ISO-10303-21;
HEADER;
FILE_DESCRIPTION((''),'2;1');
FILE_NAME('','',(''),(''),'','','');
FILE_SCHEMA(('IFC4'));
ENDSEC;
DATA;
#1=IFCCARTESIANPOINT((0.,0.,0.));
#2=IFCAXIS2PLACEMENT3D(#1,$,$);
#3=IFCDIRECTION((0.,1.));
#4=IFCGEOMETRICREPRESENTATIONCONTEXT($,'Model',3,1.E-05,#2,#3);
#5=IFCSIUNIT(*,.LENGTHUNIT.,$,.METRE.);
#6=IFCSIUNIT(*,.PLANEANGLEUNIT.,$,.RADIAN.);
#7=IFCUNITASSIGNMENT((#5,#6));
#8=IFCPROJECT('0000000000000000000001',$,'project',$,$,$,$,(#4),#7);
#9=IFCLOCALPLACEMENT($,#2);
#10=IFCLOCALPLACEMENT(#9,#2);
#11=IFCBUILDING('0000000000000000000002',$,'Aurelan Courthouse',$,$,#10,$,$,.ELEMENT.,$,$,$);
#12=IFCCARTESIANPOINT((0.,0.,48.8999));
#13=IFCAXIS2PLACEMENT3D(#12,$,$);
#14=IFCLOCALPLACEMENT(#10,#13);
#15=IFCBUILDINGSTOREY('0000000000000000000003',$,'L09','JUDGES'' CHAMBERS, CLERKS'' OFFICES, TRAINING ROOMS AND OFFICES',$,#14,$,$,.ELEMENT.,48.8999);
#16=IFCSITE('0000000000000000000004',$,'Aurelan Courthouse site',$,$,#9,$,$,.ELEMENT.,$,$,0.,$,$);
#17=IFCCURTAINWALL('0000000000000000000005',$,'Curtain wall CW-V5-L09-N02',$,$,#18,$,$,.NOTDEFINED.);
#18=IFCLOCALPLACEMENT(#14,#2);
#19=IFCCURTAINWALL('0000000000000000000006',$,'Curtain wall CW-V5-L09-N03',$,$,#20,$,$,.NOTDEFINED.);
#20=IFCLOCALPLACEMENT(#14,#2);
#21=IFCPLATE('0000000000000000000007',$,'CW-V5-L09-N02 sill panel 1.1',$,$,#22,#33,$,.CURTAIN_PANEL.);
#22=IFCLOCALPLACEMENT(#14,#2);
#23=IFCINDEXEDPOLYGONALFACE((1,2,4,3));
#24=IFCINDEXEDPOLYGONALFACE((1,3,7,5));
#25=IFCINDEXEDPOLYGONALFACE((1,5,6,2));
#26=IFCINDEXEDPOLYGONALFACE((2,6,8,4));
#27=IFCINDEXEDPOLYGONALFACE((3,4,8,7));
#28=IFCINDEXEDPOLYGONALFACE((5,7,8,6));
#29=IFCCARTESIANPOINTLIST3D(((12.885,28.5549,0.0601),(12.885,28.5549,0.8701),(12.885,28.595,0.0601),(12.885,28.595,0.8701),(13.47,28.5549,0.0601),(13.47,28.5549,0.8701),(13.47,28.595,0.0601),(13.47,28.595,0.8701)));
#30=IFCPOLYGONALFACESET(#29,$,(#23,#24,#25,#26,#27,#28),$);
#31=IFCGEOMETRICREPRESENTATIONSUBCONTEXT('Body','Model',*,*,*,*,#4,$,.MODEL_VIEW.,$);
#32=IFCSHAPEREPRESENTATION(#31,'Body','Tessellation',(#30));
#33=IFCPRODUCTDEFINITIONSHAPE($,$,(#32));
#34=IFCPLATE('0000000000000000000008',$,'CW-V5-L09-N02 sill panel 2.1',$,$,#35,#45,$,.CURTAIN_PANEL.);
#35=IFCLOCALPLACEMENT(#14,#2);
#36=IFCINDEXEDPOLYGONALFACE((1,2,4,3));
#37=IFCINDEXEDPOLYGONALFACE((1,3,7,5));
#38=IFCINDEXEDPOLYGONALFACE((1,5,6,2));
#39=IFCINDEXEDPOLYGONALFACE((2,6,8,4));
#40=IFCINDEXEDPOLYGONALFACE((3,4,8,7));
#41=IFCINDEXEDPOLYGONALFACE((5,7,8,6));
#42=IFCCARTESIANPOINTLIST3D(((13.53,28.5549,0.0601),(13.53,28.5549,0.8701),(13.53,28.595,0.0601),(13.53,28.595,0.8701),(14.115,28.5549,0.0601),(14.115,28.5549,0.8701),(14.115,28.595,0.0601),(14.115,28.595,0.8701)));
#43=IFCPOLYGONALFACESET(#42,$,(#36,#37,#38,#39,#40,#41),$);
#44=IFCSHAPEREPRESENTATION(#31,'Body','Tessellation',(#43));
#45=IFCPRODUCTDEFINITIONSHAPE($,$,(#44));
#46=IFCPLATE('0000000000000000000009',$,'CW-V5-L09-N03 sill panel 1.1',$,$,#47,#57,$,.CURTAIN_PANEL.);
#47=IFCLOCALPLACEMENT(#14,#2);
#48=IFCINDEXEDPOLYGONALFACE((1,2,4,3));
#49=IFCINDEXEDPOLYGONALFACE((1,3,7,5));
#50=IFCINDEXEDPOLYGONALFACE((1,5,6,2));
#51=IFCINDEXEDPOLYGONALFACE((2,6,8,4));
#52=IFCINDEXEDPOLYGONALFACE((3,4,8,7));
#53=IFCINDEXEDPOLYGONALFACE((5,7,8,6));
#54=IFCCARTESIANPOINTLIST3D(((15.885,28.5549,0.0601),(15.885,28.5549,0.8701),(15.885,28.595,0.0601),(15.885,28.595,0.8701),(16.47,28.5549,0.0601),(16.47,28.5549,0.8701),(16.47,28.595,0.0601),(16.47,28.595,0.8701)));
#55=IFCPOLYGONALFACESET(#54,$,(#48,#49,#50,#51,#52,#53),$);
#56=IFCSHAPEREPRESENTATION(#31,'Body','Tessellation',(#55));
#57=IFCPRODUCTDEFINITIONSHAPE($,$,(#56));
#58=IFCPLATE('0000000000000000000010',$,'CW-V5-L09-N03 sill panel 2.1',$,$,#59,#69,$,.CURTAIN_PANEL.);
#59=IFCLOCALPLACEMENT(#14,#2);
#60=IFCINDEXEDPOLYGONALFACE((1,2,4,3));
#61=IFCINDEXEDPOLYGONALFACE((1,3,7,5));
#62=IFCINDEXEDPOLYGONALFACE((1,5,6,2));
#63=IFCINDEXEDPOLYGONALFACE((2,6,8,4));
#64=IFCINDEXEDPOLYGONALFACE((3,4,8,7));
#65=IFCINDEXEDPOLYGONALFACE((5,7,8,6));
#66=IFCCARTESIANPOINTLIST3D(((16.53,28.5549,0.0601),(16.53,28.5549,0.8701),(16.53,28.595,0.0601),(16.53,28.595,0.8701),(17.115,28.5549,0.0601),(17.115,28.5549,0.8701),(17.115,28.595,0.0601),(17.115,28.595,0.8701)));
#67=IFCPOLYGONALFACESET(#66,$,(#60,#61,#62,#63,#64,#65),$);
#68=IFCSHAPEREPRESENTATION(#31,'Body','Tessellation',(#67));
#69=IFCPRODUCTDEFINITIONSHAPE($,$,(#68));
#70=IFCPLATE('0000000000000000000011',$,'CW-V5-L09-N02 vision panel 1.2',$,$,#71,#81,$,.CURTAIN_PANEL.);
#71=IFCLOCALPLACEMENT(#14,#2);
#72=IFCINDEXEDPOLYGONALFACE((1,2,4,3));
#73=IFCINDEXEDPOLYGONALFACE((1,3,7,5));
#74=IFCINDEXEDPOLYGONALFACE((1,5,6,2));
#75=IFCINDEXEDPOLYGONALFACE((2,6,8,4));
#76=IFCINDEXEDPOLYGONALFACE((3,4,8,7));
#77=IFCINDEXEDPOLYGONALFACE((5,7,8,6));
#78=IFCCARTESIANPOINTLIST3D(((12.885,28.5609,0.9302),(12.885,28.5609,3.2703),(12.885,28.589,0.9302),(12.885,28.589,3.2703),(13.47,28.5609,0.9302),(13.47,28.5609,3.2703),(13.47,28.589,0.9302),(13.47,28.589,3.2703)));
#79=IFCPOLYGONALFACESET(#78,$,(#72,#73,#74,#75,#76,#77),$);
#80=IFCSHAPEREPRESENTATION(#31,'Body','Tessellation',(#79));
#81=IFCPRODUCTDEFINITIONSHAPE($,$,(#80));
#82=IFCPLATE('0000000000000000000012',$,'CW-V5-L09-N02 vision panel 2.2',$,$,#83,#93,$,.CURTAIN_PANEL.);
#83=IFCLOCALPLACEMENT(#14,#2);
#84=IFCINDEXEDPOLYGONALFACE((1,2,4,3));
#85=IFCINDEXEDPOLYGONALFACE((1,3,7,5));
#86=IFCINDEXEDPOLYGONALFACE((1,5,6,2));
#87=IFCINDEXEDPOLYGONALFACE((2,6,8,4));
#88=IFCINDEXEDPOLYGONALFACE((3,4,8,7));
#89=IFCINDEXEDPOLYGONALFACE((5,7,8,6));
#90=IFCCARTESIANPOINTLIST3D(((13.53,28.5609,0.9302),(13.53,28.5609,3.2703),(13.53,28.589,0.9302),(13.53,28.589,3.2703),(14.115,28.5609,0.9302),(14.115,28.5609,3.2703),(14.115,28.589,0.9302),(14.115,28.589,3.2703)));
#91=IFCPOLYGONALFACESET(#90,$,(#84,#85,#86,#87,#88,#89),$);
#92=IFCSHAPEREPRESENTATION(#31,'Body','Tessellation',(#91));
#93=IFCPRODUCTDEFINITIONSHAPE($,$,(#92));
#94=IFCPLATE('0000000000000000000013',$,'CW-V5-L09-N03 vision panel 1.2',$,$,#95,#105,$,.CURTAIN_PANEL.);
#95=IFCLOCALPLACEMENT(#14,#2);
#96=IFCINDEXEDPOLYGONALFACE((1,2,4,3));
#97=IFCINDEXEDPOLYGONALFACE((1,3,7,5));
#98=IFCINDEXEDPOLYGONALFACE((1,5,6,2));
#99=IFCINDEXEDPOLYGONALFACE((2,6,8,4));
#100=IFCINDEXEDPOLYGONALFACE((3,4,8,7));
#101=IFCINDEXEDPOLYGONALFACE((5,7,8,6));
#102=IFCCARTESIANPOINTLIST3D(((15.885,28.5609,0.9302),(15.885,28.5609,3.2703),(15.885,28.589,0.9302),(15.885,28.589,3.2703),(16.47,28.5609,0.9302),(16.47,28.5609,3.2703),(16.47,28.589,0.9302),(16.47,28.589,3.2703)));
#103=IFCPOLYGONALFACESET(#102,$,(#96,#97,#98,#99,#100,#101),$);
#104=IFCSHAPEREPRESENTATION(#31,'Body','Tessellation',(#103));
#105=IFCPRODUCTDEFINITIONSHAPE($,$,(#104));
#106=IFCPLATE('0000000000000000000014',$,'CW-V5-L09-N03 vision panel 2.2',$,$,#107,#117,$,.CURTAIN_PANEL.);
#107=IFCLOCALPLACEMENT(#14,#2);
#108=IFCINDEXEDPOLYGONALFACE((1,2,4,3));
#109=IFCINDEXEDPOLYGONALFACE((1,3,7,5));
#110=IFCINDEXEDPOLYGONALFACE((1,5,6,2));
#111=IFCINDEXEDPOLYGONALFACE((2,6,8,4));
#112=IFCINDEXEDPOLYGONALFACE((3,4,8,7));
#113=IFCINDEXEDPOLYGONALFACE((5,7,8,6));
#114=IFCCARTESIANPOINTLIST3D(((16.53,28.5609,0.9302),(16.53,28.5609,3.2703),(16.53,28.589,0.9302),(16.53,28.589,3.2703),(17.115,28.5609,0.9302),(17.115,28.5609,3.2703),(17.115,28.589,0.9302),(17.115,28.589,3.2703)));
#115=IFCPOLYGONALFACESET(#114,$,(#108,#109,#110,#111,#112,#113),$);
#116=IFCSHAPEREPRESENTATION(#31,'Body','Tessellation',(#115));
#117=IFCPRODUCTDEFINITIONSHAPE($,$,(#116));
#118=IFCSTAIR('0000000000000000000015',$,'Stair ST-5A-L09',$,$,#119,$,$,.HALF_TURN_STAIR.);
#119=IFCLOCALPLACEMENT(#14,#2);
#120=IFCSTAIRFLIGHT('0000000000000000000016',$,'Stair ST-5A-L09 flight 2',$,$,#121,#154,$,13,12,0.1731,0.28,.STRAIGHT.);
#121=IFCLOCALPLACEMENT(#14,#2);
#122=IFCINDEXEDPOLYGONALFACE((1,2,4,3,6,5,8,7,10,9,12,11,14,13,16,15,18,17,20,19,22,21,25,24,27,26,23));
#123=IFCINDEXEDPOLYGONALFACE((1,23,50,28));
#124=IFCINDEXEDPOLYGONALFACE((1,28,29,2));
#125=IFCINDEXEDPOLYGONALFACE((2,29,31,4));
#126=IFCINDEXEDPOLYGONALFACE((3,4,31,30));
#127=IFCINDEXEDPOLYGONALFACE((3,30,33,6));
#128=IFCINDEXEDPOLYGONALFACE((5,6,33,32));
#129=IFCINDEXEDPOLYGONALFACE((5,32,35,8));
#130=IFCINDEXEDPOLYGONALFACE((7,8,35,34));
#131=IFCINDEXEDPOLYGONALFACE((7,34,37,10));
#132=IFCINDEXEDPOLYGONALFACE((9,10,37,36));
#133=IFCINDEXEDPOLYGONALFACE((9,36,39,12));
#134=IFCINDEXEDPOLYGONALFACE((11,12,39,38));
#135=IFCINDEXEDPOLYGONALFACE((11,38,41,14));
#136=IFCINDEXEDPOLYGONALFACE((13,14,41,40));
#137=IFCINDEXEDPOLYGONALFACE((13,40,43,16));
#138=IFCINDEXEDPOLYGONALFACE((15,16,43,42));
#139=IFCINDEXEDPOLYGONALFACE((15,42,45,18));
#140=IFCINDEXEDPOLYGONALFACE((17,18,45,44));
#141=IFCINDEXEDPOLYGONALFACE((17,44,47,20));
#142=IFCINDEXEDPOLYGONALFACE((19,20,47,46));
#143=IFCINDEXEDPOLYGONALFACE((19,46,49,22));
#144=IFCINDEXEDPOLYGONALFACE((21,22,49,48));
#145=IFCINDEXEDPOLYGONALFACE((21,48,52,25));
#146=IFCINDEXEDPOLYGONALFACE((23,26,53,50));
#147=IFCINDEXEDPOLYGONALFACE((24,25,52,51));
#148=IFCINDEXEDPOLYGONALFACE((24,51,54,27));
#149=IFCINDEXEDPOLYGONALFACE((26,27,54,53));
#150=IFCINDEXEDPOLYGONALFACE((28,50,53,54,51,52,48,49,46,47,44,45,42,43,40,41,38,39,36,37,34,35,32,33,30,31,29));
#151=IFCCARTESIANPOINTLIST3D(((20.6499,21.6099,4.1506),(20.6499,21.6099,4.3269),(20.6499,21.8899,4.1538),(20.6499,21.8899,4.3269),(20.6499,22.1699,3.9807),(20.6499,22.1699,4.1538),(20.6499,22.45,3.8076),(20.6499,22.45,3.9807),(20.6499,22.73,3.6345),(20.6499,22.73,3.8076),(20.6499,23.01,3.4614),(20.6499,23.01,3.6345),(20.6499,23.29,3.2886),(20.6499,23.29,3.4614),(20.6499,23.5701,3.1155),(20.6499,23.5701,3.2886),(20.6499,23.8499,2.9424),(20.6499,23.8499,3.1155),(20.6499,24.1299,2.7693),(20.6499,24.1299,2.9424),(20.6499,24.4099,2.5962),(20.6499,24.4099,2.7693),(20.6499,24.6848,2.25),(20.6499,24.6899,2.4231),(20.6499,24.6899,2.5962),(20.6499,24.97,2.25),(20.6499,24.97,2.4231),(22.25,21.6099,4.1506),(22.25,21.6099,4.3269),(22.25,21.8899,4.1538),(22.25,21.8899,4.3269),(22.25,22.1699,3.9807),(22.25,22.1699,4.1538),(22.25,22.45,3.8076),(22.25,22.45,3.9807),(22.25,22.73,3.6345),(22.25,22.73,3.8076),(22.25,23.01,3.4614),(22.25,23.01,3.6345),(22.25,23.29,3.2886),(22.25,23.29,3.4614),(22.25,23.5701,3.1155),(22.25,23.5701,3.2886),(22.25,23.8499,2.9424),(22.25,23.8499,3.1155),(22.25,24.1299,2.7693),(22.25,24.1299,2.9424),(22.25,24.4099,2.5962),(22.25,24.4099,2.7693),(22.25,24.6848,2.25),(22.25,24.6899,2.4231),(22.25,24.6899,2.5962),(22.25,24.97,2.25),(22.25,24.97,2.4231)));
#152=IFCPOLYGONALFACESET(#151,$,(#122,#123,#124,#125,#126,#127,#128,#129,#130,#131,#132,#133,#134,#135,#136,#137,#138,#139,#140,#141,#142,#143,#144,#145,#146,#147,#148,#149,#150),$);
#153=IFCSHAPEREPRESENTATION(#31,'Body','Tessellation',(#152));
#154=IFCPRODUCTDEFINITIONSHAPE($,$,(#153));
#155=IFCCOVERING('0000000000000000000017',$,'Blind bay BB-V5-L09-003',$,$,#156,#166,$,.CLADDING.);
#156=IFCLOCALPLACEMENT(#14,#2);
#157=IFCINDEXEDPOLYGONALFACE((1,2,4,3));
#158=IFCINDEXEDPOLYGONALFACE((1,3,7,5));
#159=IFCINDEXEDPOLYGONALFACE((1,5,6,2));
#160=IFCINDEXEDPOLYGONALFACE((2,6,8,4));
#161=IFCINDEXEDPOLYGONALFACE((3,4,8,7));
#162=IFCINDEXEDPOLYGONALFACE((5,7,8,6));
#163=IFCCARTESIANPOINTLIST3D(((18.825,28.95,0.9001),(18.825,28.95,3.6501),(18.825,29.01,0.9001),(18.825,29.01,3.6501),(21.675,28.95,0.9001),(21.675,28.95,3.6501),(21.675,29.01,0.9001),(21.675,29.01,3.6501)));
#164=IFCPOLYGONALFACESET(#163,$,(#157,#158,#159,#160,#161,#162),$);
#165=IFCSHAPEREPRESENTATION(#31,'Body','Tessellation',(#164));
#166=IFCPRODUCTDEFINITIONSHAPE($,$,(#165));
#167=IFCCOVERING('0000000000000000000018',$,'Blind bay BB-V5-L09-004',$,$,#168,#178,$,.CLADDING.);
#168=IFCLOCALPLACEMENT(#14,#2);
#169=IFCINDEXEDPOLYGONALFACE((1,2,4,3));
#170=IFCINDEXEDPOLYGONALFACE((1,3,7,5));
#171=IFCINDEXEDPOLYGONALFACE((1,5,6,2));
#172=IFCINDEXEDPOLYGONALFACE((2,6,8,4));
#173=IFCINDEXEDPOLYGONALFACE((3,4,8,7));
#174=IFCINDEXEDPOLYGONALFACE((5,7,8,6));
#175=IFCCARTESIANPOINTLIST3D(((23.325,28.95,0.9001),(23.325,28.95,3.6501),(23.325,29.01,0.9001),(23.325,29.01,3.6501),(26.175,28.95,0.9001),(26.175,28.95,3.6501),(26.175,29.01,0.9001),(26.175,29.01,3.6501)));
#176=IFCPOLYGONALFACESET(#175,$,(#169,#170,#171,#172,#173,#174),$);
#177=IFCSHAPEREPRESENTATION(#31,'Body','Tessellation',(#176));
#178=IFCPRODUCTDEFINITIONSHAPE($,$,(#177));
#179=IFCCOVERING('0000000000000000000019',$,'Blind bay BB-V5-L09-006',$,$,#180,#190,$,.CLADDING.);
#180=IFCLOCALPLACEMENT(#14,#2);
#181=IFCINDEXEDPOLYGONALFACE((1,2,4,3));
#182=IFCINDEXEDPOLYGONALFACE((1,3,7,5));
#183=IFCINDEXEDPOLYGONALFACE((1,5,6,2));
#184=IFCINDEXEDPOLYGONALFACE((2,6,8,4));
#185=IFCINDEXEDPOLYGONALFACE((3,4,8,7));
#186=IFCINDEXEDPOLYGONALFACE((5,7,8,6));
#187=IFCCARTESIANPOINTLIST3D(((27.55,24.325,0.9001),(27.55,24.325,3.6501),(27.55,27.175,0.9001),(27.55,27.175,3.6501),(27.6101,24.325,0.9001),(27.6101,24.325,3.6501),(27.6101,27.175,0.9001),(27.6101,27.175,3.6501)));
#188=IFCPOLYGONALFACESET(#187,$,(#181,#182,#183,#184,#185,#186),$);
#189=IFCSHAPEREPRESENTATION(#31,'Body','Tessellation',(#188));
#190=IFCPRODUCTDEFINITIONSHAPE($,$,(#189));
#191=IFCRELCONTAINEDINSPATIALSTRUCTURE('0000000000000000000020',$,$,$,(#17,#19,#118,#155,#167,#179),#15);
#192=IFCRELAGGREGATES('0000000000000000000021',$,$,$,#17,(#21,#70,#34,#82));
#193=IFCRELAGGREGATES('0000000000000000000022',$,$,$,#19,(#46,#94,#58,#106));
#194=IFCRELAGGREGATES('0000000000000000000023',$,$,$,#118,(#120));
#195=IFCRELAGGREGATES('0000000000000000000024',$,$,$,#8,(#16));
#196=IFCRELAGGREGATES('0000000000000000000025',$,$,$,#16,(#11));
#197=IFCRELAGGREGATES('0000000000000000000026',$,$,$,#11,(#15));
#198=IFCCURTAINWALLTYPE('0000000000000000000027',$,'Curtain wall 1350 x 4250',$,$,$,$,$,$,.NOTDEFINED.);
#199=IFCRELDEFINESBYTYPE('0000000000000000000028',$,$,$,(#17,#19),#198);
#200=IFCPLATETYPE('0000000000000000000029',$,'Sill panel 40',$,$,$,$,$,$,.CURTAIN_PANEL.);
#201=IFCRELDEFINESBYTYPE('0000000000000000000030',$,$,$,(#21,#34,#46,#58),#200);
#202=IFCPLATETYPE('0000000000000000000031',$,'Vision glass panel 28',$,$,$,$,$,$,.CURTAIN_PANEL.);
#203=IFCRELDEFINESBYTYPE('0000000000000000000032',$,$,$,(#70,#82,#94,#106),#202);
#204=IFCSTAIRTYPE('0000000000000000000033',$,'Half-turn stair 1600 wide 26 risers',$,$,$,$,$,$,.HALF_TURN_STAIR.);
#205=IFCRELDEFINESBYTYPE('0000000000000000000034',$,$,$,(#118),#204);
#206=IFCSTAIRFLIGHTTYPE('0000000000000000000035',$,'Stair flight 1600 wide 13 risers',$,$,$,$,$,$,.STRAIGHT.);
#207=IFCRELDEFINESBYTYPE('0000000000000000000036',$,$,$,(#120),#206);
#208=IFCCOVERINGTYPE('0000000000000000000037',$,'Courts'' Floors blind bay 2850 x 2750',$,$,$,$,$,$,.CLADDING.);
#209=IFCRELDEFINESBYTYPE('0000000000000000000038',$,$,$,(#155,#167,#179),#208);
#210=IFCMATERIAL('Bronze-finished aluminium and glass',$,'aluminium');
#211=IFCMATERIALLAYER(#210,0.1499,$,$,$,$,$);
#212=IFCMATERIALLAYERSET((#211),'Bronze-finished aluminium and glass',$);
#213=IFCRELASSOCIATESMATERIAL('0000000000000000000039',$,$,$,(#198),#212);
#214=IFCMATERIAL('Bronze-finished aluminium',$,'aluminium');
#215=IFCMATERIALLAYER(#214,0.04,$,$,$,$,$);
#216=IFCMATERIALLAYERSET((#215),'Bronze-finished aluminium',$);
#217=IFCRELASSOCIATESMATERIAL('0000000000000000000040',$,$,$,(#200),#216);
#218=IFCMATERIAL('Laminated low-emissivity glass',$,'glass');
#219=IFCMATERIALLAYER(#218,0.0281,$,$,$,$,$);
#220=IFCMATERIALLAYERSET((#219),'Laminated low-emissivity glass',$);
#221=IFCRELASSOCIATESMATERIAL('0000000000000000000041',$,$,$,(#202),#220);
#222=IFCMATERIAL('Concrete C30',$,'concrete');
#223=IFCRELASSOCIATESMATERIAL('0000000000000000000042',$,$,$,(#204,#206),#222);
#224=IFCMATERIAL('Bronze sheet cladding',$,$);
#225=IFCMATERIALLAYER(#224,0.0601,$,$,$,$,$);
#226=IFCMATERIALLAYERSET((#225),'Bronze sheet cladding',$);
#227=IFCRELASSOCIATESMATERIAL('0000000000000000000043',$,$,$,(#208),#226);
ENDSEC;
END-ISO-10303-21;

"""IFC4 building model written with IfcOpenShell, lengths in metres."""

from ifc_helpers import new_model, si_unit, direction, frame, origin, origin_2d, place, context, subcontext, project, spatial, polyline, rectangle, outline, extrude, material, layer, layer_set, type_object, element, aggregate, save


model = new_model("IFC4")

# Units and contexts
model_context = context("Model", 3, precision=1e-05, world=origin(), true_north=direction((0.0, 1.0)))
body_context = subcontext(model_context, "Body", "Model", "MODEL_VIEW")
ifc_project = project(units=[si_unit("LENGTHUNIT", "METRE"), si_unit("PLANEANGLEUNIT", "RADIAN")], contexts=[model_context])

# Site, building, storey
site_placement = place(None, origin())
site = spatial("IfcSite", under=ifc_project, at=site_placement, Name="Aurelan Courthouse site", CompositionType="ELEMENT", RefElevation=0.0)
building_placement = place(site_placement, origin())
building = spatial("IfcBuilding", under=site, at=building_placement, Name="Aurelan Courthouse", CompositionType="ELEMENT")
storey_placement = place(building_placement, frame((0.0, 0.0, 48.8999)))
storey = spatial("IfcBuildingStorey", under=building, at=storey_placement, Name="L09", Description="JUDGES' CHAMBERS, CLERKS' OFFICES, TRAINING ROOMS AND OFFICES", CompositionType="ELEMENT", Elevation=48.8999)

# Curtain walls
ifc_material_1 = material(Name="Bronze-finished aluminium and glass", Category="aluminium")
ifc_layer_1 = layer(ifc_material_1, 0.1499)
ifc_layer_set_1 = layer_set([ifc_layer_1], Name="Bronze-finished aluminium and glass")
curtain_wall_type = type_object("IfcCurtainWallType", Name="Curtain wall 1350 x 4250", PredefinedType="NOTDEFINED", material=ifc_layer_set_1)
curtain_wall_1_placement = place(storey_placement, origin())
curtain_wall_1 = element("IfcCurtainWall", 1, at=curtain_wall_1_placement, inside=storey, type_object=curtain_wall_type, Name="Curtain wall CW-V5-L09-N02", PredefinedType="NOTDEFINED")
ifc_material_2 = material(Name="Bronze-finished aluminium", Category="aluminium")
curtain_wall_2_placement = place(storey_placement, origin())
curtain_wall_2 = element("IfcCurtainWall", 2, at=curtain_wall_2_placement, inside=storey, type_object=curtain_wall_type, Name="Curtain wall CW-V5-L09-N03", PredefinedType="NOTDEFINED")

# Plates
ifc_layer_2 = layer(ifc_material_2, 0.04)
ifc_layer_set_2 = layer_set([ifc_layer_2], Name="Bronze-finished aluminium")
plate_type_1 = type_object("IfcPlateType", Name="Sill panel 40", PredefinedType="CURTAIN_PANEL", material=ifc_layer_set_2)
plate_1_placement = place(storey_placement, frame((13.1775, 28.575, 0.0601), z_axis=(0.0, 0.0, 1.0), x_axis=(1.0, 0.0, 0.0)))
plate_1 = element("IfcPlate", 3, at=plate_1_placement, type_object=plate_type_1, Name="CW-V5-L09-N02 sill panel 1.1", PredefinedType="CURTAIN_PANEL", context=body_context, shape_type="SweptSolid", body=[
    extrude(rectangle(XDim=0.585, YDim=0.04, at=origin_2d()), origin(), (0.0, 0.0, 1.0), 0.8101),
])
plate_2_placement = place(storey_placement, frame((13.8225, 28.575, 0.0601), z_axis=(0.0, 0.0, 1.0), x_axis=(1.0, 0.0, 0.0)))
plate_2 = element("IfcPlate", 4, at=plate_2_placement, type_object=plate_type_1, Name="CW-V5-L09-N02 sill panel 2.1", PredefinedType="CURTAIN_PANEL", context=body_context, shape_type="SweptSolid", body=[
    extrude(rectangle(XDim=0.585, YDim=0.04, at=origin_2d()), origin(), (0.0, 0.0, 1.0), 0.8101),
])
plate_3_placement = place(storey_placement, frame((16.1775, 28.575, 0.0601), z_axis=(0.0, 0.0, 1.0), x_axis=(1.0, 0.0, 0.0)))
plate_3 = element("IfcPlate", 5, at=plate_3_placement, type_object=plate_type_1, Name="CW-V5-L09-N03 sill panel 1.1", PredefinedType="CURTAIN_PANEL", context=body_context, shape_type="SweptSolid", body=[
    extrude(rectangle(XDim=0.585, YDim=0.04, at=origin_2d()), origin(), (0.0, 0.0, 1.0), 0.8101),
])
plate_4_placement = place(storey_placement, frame((16.8225, 28.575, 0.0601), z_axis=(0.0, 0.0, 1.0), x_axis=(1.0, 0.0, 0.0)))
plate_4 = element("IfcPlate", 6, at=plate_4_placement, type_object=plate_type_1, Name="CW-V5-L09-N03 sill panel 2.1", PredefinedType="CURTAIN_PANEL", context=body_context, shape_type="SweptSolid", body=[
    extrude(rectangle(XDim=0.585, YDim=0.04, at=origin_2d()), origin(), (0.0, 0.0, 1.0), 0.8101),
])
ifc_material_3 = material(Name="Laminated low-emissivity glass", Category="glass")
ifc_layer_3 = layer(ifc_material_3, 0.0281)
ifc_layer_set_3 = layer_set([ifc_layer_3], Name="Laminated low-emissivity glass")
plate_type_2 = type_object("IfcPlateType", Name="Vision glass panel 28", PredefinedType="CURTAIN_PANEL", material=ifc_layer_set_3)
plate_5_placement = place(storey_placement, frame((13.1775, 28.575, 0.9302), z_axis=(0.0, 0.0, 1.0), x_axis=(1.0, 0.0, 0.0)))
plate_5 = element("IfcPlate", 7, at=plate_5_placement, type_object=plate_type_2, Name="CW-V5-L09-N02 vision panel 1.2", PredefinedType="CURTAIN_PANEL", context=body_context, shape_type="SweptSolid", body=[
    extrude(rectangle(XDim=0.585, YDim=0.0281, at=origin_2d()), origin(), (0.0, 0.0, 1.0), 2.3401),
])
plate_6_placement = place(storey_placement, frame((13.8225, 28.575, 0.9302), z_axis=(0.0, 0.0, 1.0), x_axis=(1.0, 0.0, 0.0)))
plate_6 = element("IfcPlate", 8, at=plate_6_placement, type_object=plate_type_2, Name="CW-V5-L09-N02 vision panel 2.2", PredefinedType="CURTAIN_PANEL", context=body_context, shape_type="SweptSolid", body=[
    extrude(rectangle(XDim=0.585, YDim=0.0281, at=origin_2d()), origin(), (0.0, 0.0, 1.0), 2.3401),
])
aggregate(curtain_wall_1, [plate_1, plate_5, plate_2, plate_6])
plate_7_placement = place(storey_placement, frame((16.1775, 28.575, 0.9302), z_axis=(0.0, 0.0, 1.0), x_axis=(1.0, 0.0, 0.0)))
plate_7 = element("IfcPlate", 9, at=plate_7_placement, type_object=plate_type_2, Name="CW-V5-L09-N03 vision panel 1.2", PredefinedType="CURTAIN_PANEL", context=body_context, shape_type="SweptSolid", body=[
    extrude(rectangle(XDim=0.585, YDim=0.0281, at=origin_2d()), origin(), (0.0, 0.0, 1.0), 2.3401),
])
plate_8_placement = place(storey_placement, frame((16.8225, 28.575, 0.9302), z_axis=(0.0, 0.0, 1.0), x_axis=(1.0, 0.0, 0.0)))
plate_8 = element("IfcPlate", 10, at=plate_8_placement, type_object=plate_type_2, Name="CW-V5-L09-N03 vision panel 2.2", PredefinedType="CURTAIN_PANEL", context=body_context, shape_type="SweptSolid", body=[
    extrude(rectangle(XDim=0.585, YDim=0.0281, at=origin_2d()), origin(), (0.0, 0.0, 1.0), 2.3401),
])
aggregate(curtain_wall_2, [plate_3, plate_7, plate_4, plate_8])

# Stair, stair flight
ifc_material_4 = material(Name="Concrete C30", Category="concrete")
stair_type = type_object("IfcStairType", Name="Half-turn stair 1600 wide 26 risers", PredefinedType="HALF_TURN_STAIR", material=ifc_material_4)
stair_placement = place(storey_placement, origin())
stair = element("IfcStair", 11, at=stair_placement, inside=storey, type_object=stair_type, Name="Stair ST-5A-L09", PredefinedType="HALF_TURN_STAIR")
stair_flight_type = type_object("IfcStairFlightType", Name="Stair flight 1600 wide 13 risers", PredefinedType="STRAIGHT", material=ifc_material_4)
stair_flight_placement = place(storey_placement, frame((21.45, 24.97, 2.25), z_axis=(0.0, 0.0, 1.0), x_axis=(0.0, -1.0, 0.0)))
stair_flight = element("IfcStairFlight", 12, at=stair_flight_placement, type_object=stair_flight_type, Name="Stair ST-5A-L09 flight 2", NumberOfRisers=13, NumberOfTreads=12, PredefinedType="STRAIGHT", RiserHeight=0.1731, TreadLength=0.28, context=body_context, shape_type="SweptSolid", body=[
    extrude(outline(polyline([(0.0, 0.0), (0.0, 0.1731), (0.28, 0.1731), (0.28, 0.3462), (0.5601, 0.3462), (0.5601, 0.5193), (0.8401, 0.5193), (0.8401, 0.6924), (1.1201, 0.6924), (1.1201, 0.8655), (1.3999, 0.8655), (1.3999, 1.0386), (1.6799, 1.0386), (1.6799, 1.2114), (1.96, 1.2114), (1.96, 1.3845), (2.24, 1.3845), (2.24, 1.5576), (2.52, 1.5576), (2.52, 1.7307), (2.8, 1.7307), (2.8, 1.9038), (3.0801, 1.9038), (3.0801, 2.0769), (3.3601, 2.0769), (3.3601, 2.25), (3.3601, 1.9006), (0.2852, 0.0), (0.0, 0.0)])), frame((0.0, 0.8, 0.0), z_axis=(0.0, -1.0, 0.0), x_axis=(1.0, 0.0, 0.0)), (0.0, 0.0, 1.0), 1.6001),
])
aggregate(stair, [stair_flight])

# Coverings
ifc_material_5 = material(Name="Bronze sheet cladding")
ifc_layer_4 = layer(ifc_material_5, 0.0601)
ifc_layer_set_4 = layer_set([ifc_layer_4], Name="Bronze sheet cladding")
covering_type = type_object("IfcCoveringType", Name="Courts' Floors blind bay 2850 x 2750", PredefinedType="CLADDING", material=ifc_layer_set_4)
for number, where, z_axis, x_axis, name in (
    (13, (20.25, 28.98, 0.9001), (0.0, 0.0, 1.0), (1.0, 0.0, 0.0), "Blind bay BB-V5-L09-003"),
    (14, (24.75, 28.98, 0.9001), (0.0, 0.0, 1.0), (1.0, 0.0, 0.0), "Blind bay BB-V5-L09-004"),
):
    element("IfcCovering", number, at=place(storey_placement, frame(where, z_axis=z_axis, x_axis=x_axis)), inside=storey, type_object=covering_type, Name=name, PredefinedType="CLADDING", context=body_context, shape_type="SweptSolid", body=[
        extrude(rectangle(XDim=2.8501, YDim=0.0601, at=origin_2d()), origin(), (0.0, 0.0, 1.0), 2.75),
    ])
covering_placement = place(storey_placement, frame((27.5801, 25.75, 0.9001), z_axis=(0.0, 0.0, 1.0), x_axis=(1.0, 0.0, 0.0)))
element("IfcCovering", 15, at=covering_placement, inside=storey, type_object=covering_type, Name="Blind bay BB-V5-L09-006", PredefinedType="CLADDING", context=body_context, shape_type="SweptSolid", body=[
    extrude(rectangle(XDim=0.0601, YDim=2.8501, at=origin_2d()), origin(), (0.0, 0.0, 1.0), 2.75),
])

save(model, "model.ifc")
